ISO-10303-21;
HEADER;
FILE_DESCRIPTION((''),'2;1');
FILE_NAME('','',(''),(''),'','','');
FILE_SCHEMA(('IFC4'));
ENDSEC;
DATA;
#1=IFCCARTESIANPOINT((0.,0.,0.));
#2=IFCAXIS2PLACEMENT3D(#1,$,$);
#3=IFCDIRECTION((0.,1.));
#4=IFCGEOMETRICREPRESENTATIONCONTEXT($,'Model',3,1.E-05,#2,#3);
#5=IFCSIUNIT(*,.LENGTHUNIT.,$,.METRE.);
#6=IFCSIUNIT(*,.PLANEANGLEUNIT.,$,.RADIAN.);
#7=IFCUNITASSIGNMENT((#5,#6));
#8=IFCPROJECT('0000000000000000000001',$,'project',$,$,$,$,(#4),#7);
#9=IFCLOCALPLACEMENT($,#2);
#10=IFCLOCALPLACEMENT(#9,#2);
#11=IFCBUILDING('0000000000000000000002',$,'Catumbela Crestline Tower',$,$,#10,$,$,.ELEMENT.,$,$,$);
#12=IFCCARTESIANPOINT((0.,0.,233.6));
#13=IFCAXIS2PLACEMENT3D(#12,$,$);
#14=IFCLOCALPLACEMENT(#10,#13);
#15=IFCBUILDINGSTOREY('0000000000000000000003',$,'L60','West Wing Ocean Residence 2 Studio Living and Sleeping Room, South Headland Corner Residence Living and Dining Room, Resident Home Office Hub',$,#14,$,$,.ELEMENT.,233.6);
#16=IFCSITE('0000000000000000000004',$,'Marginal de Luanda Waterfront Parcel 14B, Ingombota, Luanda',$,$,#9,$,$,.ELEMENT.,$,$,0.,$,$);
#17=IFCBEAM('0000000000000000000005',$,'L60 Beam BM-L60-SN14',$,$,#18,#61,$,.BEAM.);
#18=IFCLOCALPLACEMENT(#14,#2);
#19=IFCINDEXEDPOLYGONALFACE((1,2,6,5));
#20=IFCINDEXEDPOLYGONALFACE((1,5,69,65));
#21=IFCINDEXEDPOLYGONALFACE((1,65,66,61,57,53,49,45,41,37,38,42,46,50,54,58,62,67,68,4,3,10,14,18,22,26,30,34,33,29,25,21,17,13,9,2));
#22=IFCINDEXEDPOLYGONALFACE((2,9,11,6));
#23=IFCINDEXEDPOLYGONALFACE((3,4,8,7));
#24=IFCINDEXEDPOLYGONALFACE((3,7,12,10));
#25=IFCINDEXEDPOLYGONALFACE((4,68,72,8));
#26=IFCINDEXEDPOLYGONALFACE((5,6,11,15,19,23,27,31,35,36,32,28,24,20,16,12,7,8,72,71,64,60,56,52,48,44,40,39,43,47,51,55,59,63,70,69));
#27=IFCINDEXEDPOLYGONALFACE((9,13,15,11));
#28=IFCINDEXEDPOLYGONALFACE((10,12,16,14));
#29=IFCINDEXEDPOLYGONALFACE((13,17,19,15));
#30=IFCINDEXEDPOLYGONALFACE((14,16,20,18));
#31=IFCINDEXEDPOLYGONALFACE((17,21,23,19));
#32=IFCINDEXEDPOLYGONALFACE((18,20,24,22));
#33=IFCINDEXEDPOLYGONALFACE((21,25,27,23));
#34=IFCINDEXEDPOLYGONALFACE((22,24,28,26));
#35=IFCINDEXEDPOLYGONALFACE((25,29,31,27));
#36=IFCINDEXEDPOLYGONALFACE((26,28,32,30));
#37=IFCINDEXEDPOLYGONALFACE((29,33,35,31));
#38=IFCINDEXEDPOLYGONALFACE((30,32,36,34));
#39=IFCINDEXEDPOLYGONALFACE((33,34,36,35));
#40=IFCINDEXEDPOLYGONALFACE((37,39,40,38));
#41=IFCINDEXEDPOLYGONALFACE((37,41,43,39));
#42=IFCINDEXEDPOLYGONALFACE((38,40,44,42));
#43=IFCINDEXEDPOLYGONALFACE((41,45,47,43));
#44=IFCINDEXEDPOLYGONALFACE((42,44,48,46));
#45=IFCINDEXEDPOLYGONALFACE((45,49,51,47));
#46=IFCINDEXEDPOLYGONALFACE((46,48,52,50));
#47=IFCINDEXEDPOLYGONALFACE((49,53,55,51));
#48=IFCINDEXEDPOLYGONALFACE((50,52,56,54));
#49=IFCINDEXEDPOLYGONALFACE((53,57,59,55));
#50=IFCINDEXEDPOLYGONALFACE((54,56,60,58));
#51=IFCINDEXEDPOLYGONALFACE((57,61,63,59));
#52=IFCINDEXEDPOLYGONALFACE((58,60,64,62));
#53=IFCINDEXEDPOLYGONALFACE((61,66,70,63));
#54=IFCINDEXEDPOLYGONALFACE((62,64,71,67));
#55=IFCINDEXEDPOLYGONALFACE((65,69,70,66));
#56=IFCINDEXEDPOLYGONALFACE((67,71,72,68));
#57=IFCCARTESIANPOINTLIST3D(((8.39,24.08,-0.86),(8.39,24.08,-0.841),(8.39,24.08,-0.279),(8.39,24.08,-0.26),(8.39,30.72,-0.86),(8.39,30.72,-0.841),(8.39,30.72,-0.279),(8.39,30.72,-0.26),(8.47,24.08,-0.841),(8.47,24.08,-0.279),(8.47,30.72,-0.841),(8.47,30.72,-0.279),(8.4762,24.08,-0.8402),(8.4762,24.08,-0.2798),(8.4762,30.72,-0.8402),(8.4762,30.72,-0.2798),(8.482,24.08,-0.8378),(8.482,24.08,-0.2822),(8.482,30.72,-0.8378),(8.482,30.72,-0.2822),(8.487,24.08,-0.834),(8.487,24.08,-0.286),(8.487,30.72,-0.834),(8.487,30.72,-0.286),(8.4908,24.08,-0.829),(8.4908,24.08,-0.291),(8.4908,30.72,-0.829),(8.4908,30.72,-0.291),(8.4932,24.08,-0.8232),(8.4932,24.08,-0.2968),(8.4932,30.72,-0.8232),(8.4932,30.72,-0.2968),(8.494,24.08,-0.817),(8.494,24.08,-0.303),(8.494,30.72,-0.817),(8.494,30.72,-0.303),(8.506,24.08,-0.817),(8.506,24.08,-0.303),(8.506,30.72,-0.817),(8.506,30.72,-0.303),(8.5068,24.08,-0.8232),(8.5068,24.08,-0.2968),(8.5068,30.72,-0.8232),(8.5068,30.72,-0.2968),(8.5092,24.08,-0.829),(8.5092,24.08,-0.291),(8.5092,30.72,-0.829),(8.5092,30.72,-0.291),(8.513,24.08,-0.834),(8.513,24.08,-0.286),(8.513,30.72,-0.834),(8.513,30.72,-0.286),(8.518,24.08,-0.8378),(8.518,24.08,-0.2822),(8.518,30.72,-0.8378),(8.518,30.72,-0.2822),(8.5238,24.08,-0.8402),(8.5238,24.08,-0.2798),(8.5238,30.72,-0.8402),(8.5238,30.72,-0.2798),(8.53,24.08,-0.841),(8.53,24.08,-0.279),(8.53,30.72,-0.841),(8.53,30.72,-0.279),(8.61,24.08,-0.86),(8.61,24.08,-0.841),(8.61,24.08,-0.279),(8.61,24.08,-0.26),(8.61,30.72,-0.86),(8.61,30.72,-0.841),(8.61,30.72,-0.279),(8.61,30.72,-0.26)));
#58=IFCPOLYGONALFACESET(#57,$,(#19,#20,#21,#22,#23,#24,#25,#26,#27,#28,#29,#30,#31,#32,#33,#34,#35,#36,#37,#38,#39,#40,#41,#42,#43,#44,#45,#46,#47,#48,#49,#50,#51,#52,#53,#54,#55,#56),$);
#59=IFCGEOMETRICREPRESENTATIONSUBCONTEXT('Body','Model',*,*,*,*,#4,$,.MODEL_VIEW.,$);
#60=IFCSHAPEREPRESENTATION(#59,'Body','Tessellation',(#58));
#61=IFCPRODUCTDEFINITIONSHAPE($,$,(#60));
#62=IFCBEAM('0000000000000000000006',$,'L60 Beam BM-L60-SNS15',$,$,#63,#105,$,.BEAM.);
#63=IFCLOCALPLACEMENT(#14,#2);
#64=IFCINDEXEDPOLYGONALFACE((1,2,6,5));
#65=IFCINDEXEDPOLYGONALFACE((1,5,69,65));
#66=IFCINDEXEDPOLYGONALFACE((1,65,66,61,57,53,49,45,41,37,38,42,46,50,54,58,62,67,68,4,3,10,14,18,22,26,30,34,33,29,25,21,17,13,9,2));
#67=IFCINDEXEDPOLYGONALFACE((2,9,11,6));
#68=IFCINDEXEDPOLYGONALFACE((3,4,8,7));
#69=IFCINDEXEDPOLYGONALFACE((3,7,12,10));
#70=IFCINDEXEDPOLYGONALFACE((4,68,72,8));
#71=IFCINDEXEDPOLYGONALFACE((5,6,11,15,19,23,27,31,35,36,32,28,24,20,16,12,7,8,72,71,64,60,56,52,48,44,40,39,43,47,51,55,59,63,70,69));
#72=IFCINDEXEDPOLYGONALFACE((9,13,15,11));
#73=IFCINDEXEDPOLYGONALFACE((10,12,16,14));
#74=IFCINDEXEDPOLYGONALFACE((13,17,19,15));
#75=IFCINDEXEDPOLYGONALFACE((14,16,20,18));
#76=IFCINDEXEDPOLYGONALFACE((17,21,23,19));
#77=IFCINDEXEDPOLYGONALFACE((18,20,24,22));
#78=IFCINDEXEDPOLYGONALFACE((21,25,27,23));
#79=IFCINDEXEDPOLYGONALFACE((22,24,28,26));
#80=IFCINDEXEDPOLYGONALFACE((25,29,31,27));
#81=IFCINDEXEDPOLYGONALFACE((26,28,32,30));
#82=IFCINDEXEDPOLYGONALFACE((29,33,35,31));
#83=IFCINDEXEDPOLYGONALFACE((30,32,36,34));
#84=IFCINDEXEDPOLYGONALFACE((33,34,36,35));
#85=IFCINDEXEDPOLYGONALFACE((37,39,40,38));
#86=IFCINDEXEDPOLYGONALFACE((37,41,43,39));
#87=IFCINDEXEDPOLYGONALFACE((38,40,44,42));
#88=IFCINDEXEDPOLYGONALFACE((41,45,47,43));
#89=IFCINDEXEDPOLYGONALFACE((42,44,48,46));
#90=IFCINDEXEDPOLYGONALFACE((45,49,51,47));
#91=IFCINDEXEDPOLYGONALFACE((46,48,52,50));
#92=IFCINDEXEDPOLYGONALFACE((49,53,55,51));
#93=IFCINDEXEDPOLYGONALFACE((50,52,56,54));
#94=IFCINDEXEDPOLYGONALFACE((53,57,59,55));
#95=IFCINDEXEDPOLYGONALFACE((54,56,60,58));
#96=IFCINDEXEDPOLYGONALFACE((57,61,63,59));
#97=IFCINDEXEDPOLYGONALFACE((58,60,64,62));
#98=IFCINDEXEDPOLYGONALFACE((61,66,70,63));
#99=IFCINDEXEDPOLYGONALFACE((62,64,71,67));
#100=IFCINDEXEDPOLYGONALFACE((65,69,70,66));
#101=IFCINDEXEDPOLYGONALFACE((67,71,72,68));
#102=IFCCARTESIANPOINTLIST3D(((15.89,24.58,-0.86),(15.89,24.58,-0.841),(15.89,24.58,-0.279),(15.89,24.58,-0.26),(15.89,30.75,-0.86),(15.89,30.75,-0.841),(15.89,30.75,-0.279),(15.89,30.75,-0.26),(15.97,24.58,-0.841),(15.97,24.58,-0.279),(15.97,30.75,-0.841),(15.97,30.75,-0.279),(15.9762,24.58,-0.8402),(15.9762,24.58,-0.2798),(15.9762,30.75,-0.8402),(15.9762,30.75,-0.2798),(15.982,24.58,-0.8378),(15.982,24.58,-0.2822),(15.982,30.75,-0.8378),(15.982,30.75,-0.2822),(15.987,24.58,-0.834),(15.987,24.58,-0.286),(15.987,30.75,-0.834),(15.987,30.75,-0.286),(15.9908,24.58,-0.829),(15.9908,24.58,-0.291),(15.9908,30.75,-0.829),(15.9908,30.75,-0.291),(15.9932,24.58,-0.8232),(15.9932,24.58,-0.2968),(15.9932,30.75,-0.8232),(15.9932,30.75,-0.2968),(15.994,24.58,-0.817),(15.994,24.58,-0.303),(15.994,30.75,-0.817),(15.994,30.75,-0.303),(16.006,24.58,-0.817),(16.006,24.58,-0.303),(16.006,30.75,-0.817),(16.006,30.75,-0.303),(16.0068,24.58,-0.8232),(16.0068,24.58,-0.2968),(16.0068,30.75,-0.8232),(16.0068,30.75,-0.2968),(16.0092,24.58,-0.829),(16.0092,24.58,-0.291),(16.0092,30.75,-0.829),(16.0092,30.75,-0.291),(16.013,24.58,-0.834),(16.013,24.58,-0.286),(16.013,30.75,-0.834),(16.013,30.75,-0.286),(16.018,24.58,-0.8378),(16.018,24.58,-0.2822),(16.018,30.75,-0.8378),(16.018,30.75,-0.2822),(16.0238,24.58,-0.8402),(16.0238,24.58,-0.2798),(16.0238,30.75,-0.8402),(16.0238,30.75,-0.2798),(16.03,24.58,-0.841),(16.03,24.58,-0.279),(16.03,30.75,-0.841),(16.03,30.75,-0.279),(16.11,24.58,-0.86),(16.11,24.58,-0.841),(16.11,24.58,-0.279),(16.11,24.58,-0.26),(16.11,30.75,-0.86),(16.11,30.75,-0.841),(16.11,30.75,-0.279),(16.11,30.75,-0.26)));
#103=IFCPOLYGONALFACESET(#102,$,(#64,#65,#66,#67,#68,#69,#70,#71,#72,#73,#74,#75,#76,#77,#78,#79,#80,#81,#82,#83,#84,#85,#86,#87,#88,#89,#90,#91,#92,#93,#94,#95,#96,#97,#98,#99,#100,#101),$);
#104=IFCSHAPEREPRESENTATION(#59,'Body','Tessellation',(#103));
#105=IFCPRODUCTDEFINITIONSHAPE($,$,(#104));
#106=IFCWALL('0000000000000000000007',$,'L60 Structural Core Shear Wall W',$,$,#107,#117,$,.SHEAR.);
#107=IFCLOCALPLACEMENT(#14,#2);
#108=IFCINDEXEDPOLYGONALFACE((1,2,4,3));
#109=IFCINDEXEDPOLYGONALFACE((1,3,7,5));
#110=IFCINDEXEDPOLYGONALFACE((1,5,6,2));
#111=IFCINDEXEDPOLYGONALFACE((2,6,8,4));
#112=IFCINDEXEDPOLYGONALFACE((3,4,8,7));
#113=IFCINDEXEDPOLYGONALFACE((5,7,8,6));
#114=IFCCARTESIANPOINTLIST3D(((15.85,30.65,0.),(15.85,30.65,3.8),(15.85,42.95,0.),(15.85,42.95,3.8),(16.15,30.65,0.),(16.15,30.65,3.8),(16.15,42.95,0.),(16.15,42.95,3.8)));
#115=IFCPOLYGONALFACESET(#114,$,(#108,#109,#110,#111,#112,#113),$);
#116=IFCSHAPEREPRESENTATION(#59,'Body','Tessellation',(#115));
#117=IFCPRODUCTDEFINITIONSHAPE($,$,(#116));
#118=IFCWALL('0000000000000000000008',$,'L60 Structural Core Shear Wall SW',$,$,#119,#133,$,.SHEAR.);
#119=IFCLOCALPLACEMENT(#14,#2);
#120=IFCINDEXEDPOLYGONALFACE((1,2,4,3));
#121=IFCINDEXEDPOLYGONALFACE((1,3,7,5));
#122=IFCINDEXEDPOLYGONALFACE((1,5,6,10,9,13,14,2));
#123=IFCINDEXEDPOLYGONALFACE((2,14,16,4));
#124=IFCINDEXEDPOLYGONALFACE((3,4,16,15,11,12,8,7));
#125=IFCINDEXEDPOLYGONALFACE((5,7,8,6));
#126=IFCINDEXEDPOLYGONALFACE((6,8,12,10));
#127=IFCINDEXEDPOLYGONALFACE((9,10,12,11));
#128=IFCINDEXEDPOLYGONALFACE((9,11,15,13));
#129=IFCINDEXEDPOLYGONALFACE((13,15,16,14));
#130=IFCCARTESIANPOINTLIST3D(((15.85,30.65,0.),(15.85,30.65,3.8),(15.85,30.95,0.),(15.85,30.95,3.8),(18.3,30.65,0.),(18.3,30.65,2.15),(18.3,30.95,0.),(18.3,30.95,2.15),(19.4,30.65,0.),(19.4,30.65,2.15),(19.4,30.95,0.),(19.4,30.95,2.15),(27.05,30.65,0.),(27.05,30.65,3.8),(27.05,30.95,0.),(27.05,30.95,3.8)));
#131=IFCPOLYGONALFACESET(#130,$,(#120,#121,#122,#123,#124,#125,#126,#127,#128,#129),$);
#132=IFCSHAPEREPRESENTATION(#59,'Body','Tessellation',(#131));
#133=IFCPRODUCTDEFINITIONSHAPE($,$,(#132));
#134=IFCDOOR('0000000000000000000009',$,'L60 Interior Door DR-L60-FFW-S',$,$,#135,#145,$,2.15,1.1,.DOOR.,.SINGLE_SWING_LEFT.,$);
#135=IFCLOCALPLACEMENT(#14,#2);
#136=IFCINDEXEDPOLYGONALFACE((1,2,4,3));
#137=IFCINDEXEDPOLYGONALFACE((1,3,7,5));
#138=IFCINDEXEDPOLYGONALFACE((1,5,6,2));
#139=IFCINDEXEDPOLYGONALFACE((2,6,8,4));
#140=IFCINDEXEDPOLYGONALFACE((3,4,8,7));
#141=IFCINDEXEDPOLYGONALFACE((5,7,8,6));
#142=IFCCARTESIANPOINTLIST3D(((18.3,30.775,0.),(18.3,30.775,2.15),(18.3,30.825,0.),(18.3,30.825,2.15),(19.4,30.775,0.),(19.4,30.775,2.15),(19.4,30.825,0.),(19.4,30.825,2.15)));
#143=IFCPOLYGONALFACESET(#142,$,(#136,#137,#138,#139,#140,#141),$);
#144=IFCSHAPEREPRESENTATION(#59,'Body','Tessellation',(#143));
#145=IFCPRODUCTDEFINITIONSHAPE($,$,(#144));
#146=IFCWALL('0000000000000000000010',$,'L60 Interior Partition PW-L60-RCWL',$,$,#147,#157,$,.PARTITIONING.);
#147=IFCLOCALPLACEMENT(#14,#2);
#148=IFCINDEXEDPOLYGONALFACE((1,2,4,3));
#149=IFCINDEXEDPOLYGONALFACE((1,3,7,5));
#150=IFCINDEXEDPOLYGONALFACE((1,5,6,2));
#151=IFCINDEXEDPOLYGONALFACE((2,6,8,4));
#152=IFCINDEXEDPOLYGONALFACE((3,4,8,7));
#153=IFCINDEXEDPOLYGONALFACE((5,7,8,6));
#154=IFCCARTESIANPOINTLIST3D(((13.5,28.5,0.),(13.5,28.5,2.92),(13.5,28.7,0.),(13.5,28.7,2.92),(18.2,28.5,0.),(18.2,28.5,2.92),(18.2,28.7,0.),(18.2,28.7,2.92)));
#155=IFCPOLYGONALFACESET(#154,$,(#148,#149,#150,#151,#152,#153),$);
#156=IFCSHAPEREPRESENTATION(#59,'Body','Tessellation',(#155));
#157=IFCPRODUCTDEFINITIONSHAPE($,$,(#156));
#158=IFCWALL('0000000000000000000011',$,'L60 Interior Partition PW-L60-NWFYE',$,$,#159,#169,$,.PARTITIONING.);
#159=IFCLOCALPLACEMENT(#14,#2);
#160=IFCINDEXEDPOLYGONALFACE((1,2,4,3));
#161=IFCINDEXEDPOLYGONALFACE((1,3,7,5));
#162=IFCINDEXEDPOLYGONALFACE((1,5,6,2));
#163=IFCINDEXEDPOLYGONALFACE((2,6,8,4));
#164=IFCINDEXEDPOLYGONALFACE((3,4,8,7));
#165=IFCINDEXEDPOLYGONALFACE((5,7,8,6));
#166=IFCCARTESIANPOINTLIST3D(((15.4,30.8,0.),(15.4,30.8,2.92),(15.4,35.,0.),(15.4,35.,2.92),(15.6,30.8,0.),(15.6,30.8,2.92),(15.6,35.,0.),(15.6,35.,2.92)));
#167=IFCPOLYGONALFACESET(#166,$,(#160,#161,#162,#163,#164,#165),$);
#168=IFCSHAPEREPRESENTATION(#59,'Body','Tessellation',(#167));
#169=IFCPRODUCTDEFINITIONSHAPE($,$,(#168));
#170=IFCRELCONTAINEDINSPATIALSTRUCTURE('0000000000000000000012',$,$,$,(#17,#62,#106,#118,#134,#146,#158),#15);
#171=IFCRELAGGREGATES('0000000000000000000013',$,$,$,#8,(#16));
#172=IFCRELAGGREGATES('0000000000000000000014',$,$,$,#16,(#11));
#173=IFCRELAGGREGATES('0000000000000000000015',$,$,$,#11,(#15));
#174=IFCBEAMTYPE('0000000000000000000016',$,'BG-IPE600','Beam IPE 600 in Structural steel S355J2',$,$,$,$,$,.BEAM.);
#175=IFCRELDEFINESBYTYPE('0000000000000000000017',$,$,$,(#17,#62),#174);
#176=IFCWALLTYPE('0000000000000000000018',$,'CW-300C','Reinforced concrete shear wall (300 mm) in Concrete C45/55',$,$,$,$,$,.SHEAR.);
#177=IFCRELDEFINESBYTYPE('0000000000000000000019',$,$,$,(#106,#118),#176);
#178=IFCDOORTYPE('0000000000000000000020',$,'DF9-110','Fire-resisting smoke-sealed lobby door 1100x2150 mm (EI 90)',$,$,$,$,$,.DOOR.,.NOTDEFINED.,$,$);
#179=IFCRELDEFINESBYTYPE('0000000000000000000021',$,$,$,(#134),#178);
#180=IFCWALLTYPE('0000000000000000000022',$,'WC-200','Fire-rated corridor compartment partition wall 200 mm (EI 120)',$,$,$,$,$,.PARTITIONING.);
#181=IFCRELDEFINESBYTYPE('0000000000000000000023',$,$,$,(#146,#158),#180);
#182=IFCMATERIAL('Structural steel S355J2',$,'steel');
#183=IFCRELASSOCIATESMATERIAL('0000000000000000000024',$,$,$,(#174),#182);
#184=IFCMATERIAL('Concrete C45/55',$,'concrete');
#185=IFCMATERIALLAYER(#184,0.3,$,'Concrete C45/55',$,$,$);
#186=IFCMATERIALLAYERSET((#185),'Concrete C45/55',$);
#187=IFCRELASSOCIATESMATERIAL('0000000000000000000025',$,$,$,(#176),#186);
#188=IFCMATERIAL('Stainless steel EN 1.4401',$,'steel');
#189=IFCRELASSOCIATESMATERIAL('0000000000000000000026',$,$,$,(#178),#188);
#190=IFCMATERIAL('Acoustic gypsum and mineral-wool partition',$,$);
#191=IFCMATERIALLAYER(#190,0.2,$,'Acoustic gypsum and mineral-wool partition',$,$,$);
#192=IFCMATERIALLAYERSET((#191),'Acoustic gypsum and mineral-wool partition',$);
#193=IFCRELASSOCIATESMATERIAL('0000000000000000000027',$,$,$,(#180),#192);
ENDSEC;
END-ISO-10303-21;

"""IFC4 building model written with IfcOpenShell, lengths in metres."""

from ifc_helpers import new_model, si_unit, direction, frame, frame_2d, origin, origin_2d, place, context, subcontext, project, spatial, rectangle, i_section, extrude, material, layer, layer_set, material_profile, profile_set, type_object, element, fill, save


model = new_model("IFC4")

# Units and contexts
model_context = context("Model", 3, precision=1e-05, world=origin(), true_north=direction((0.0, 1.0)))
body_context = subcontext(model_context, "Body", "Model", "MODEL_VIEW")
ifc_project = project(units=[si_unit("LENGTHUNIT", "METRE"), si_unit("PLANEANGLEUNIT", "RADIAN")], contexts=[model_context])

# Site, building, storey
site_placement = place(None, origin())
site = spatial("IfcSite", under=ifc_project, at=site_placement, Name="Marginal de Luanda Waterfront Parcel 14B, Ingombota, Luanda", CompositionType="ELEMENT", RefElevation=0.0)
building_placement = place(site_placement, origin())
building = spatial("IfcBuilding", under=site, at=building_placement, Name="Catumbela Crestline Tower", CompositionType="ELEMENT")
storey_placement = place(building_placement, frame((0.0, 0.0, 233.6)))
storey = spatial("IfcBuildingStorey", under=building, at=storey_placement, Name="L60", Description="West Wing Ocean Residence 2 Studio Living and Sleeping Room, South Headland Corner Residence Living and Dining Room, Resident Home Office Hub", CompositionType="ELEMENT", Elevation=233.6)

# Shared definitions
ifc_material_1 = material(Name="Concrete C45/55", Category="concrete")
ifc_material_2 = material(Name="Structural steel S355J2", Category="steel")

# Beams
ifc_material_profile_1 = material_profile(ifc_material_2, i_section(OverallWidth=0.22, OverallDepth=0.6, WebThickness=0.012, FlangeThickness=0.019, FilletRadius=0.024, at=origin_2d()), Name="IPE 600")
ifc_profile_set_1 = profile_set([ifc_material_profile_1], Name="Structural steel S355J2")
beam_type = type_object("IfcBeamType", Name="BG-IPE600", Description="Beam IPE 600 in Structural steel S355J2", PredefinedType="BEAM", material=ifc_profile_set_1)
beam_1_placement = place(storey_placement, frame((8.5, 24.08, -0.56), z_axis=(0.0, 1.0, 0.0), x_axis=(-1.0, 0.0, 0.0)))
element("IfcBeam", 1, at=beam_1_placement, inside=storey, type_object=beam_type, Name="L60 Beam BM-L60-SN14", PredefinedType="BEAM", context=body_context, shape_type="SweptSolid", body=[
    extrude(i_section(OverallWidth=0.22, OverallDepth=0.6, WebThickness=0.012, FlangeThickness=0.019, FilletRadius=0.024, at=origin_2d()), origin(), (0.0, 0.0, 1.0), 6.64),
])
beam_2_placement = place(storey_placement, frame((16.0, 24.58, -0.56), z_axis=(0.0, 1.0, 0.0), x_axis=(-1.0, 0.0, 0.0)))
element("IfcBeam", 2, at=beam_2_placement, inside=storey, type_object=beam_type, Name="L60 Beam BM-L60-SNS15", PredefinedType="BEAM", context=body_context, shape_type="SweptSolid", body=[
    extrude(i_section(OverallWidth=0.22, OverallDepth=0.6, WebThickness=0.012, FlangeThickness=0.019, FilletRadius=0.024, at=origin_2d()), origin(), (0.0, 0.0, 1.0), 6.17),
])

# Wall
ifc_layer_1 = layer(ifc_material_1, 0.3, Name="Concrete C45/55")
ifc_layer_set_1 = layer_set([ifc_layer_1], Name="Concrete C45/55")
wall_type_1 = type_object("IfcWallType", Name="CW-300C", Description="Reinforced concrete shear wall (300 mm) in Concrete C45/55", PredefinedType="SHEAR", material=ifc_layer_set_1)
wall_1_placement = place(storey_placement, frame((16.0, 30.65, 0.0), z_axis=(0.0, 0.0, 1.0), x_axis=(0.0, 1.0, 0.0)))
element("IfcWall", 3, at=wall_1_placement, inside=storey, type_object=wall_type_1, Name="L60 Structural Core Shear Wall W", PredefinedType="SHEAR", context=body_context, shape_type="SweptSolid", body=[
    extrude(rectangle(XDim=12.3, YDim=0.3, at=frame_2d((6.15, 0.0))), origin(), (0.0, 0.0, 1.0), 3.8),
])

# Wall, opening, door
wall_2_placement = place(storey_placement, frame((15.85, 30.8, 0.0), z_axis=(0.0, 0.0, 1.0), x_axis=(1.0, 0.0, 0.0)))
wall_2 = element("IfcWall", 4, at=wall_2_placement, inside=storey, type_object=wall_type_1, Name="L60 Structural Core Shear Wall SW", PredefinedType="SHEAR", context=body_context, shape_type="SweptSolid", body=[
    extrude(rectangle(XDim=11.2, YDim=0.3, at=frame_2d((5.6, 0.0))), origin(), (0.0, 0.0, 1.0), 3.8),
])
opening_1_placement = place(wall_2_placement, frame((2.45, 0.0, 0.0)))
opening_1 = element("IfcOpeningElement", 5, at=opening_1_placement, cuts=wall_2, PredefinedType="OPENING", context=body_context, shape_type="SweptSolid", body=[
    extrude(rectangle(XDim=1.1, YDim=2.15, at=frame_2d((0.55, 1.075))), frame((0.0, 0.16, 0.0), z_axis=(0.0, -1.0, 0.0), x_axis=(1.0, 0.0, 0.0)), (0.0, 0.0, 1.0), 0.32),
])
ifc_material_3 = material(Name="Stainless steel EN 1.4401", Category="steel")
door_type_1 = type_object("IfcDoorType", Name="DF9-110", Description="Fire-resisting smoke-sealed lobby door 1100x2150 mm (EI 90)", OperationType="NOTDEFINED", PredefinedType="DOOR", material=ifc_material_3)
door_1_placement = place(opening_1_placement, origin())
door_1 = element("IfcDoor", 6, at=door_1_placement, inside=storey, type_object=door_type_1, Name="L60 Interior Door DR-L60-FFW-S", OperationType="SINGLE_SWING_LEFT", OverallHeight=2.15, OverallWidth=1.1, PredefinedType="DOOR", context=body_context, shape_type="SweptSolid", body=[
    extrude(rectangle(XDim=1.1, YDim=2.15, at=frame_2d((0.55, 1.075))), frame((0.0, 0.025, 0.0), z_axis=(0.0, -1.0, 0.0), x_axis=(1.0, 0.0, 0.0)), (0.0, 0.0, 1.0), 0.05),
])
fill(opening_1, door_1)

# Walls
ifc_material_4 = material(Name="Acoustic gypsum and mineral-wool partition")
ifc_layer_2 = layer(ifc_material_4, 0.2, Name="Acoustic gypsum and mineral-wool partition")
ifc_layer_set_2 = layer_set([ifc_layer_2], Name="Acoustic gypsum and mineral-wool partition")
wall_type_2 = type_object("IfcWallType", Name="WC-200", Description="Fire-rated corridor compartment partition wall 200 mm (EI 120)", PredefinedType="PARTITIONING", material=ifc_layer_set_2)
wall_3_placement = place(storey_placement, frame((13.5, 28.6, 0.0), z_axis=(0.0, 0.0, 1.0), x_axis=(1.0, 0.0, 0.0)))
element("IfcWall", 7, at=wall_3_placement, inside=storey, type_object=wall_type_2, Name="L60 Interior Partition PW-L60-RCWL", PredefinedType="PARTITIONING", context=body_context, shape_type="SweptSolid", body=[
    extrude(rectangle(XDim=4.7, YDim=0.2, at=frame_2d((2.35, 0.0))), origin(), (0.0, 0.0, 1.0), 2.92),
])
wall_4_placement = place(storey_placement, frame((15.5, 30.8, 0.0), z_axis=(0.0, 0.0, 1.0), x_axis=(0.0, 1.0, 0.0)))
element("IfcWall", 8, at=wall_4_placement, inside=storey, type_object=wall_type_2, Name="L60 Interior Partition PW-L60-NWFYE", PredefinedType="PARTITIONING", context=body_context, shape_type="SweptSolid", body=[
    extrude(rectangle(XDim=4.2, YDim=0.2, at=frame_2d((2.1, 0.0))), origin(), (0.0, 0.0, 1.0), 2.92),
])

save(model, "model.ifc")
